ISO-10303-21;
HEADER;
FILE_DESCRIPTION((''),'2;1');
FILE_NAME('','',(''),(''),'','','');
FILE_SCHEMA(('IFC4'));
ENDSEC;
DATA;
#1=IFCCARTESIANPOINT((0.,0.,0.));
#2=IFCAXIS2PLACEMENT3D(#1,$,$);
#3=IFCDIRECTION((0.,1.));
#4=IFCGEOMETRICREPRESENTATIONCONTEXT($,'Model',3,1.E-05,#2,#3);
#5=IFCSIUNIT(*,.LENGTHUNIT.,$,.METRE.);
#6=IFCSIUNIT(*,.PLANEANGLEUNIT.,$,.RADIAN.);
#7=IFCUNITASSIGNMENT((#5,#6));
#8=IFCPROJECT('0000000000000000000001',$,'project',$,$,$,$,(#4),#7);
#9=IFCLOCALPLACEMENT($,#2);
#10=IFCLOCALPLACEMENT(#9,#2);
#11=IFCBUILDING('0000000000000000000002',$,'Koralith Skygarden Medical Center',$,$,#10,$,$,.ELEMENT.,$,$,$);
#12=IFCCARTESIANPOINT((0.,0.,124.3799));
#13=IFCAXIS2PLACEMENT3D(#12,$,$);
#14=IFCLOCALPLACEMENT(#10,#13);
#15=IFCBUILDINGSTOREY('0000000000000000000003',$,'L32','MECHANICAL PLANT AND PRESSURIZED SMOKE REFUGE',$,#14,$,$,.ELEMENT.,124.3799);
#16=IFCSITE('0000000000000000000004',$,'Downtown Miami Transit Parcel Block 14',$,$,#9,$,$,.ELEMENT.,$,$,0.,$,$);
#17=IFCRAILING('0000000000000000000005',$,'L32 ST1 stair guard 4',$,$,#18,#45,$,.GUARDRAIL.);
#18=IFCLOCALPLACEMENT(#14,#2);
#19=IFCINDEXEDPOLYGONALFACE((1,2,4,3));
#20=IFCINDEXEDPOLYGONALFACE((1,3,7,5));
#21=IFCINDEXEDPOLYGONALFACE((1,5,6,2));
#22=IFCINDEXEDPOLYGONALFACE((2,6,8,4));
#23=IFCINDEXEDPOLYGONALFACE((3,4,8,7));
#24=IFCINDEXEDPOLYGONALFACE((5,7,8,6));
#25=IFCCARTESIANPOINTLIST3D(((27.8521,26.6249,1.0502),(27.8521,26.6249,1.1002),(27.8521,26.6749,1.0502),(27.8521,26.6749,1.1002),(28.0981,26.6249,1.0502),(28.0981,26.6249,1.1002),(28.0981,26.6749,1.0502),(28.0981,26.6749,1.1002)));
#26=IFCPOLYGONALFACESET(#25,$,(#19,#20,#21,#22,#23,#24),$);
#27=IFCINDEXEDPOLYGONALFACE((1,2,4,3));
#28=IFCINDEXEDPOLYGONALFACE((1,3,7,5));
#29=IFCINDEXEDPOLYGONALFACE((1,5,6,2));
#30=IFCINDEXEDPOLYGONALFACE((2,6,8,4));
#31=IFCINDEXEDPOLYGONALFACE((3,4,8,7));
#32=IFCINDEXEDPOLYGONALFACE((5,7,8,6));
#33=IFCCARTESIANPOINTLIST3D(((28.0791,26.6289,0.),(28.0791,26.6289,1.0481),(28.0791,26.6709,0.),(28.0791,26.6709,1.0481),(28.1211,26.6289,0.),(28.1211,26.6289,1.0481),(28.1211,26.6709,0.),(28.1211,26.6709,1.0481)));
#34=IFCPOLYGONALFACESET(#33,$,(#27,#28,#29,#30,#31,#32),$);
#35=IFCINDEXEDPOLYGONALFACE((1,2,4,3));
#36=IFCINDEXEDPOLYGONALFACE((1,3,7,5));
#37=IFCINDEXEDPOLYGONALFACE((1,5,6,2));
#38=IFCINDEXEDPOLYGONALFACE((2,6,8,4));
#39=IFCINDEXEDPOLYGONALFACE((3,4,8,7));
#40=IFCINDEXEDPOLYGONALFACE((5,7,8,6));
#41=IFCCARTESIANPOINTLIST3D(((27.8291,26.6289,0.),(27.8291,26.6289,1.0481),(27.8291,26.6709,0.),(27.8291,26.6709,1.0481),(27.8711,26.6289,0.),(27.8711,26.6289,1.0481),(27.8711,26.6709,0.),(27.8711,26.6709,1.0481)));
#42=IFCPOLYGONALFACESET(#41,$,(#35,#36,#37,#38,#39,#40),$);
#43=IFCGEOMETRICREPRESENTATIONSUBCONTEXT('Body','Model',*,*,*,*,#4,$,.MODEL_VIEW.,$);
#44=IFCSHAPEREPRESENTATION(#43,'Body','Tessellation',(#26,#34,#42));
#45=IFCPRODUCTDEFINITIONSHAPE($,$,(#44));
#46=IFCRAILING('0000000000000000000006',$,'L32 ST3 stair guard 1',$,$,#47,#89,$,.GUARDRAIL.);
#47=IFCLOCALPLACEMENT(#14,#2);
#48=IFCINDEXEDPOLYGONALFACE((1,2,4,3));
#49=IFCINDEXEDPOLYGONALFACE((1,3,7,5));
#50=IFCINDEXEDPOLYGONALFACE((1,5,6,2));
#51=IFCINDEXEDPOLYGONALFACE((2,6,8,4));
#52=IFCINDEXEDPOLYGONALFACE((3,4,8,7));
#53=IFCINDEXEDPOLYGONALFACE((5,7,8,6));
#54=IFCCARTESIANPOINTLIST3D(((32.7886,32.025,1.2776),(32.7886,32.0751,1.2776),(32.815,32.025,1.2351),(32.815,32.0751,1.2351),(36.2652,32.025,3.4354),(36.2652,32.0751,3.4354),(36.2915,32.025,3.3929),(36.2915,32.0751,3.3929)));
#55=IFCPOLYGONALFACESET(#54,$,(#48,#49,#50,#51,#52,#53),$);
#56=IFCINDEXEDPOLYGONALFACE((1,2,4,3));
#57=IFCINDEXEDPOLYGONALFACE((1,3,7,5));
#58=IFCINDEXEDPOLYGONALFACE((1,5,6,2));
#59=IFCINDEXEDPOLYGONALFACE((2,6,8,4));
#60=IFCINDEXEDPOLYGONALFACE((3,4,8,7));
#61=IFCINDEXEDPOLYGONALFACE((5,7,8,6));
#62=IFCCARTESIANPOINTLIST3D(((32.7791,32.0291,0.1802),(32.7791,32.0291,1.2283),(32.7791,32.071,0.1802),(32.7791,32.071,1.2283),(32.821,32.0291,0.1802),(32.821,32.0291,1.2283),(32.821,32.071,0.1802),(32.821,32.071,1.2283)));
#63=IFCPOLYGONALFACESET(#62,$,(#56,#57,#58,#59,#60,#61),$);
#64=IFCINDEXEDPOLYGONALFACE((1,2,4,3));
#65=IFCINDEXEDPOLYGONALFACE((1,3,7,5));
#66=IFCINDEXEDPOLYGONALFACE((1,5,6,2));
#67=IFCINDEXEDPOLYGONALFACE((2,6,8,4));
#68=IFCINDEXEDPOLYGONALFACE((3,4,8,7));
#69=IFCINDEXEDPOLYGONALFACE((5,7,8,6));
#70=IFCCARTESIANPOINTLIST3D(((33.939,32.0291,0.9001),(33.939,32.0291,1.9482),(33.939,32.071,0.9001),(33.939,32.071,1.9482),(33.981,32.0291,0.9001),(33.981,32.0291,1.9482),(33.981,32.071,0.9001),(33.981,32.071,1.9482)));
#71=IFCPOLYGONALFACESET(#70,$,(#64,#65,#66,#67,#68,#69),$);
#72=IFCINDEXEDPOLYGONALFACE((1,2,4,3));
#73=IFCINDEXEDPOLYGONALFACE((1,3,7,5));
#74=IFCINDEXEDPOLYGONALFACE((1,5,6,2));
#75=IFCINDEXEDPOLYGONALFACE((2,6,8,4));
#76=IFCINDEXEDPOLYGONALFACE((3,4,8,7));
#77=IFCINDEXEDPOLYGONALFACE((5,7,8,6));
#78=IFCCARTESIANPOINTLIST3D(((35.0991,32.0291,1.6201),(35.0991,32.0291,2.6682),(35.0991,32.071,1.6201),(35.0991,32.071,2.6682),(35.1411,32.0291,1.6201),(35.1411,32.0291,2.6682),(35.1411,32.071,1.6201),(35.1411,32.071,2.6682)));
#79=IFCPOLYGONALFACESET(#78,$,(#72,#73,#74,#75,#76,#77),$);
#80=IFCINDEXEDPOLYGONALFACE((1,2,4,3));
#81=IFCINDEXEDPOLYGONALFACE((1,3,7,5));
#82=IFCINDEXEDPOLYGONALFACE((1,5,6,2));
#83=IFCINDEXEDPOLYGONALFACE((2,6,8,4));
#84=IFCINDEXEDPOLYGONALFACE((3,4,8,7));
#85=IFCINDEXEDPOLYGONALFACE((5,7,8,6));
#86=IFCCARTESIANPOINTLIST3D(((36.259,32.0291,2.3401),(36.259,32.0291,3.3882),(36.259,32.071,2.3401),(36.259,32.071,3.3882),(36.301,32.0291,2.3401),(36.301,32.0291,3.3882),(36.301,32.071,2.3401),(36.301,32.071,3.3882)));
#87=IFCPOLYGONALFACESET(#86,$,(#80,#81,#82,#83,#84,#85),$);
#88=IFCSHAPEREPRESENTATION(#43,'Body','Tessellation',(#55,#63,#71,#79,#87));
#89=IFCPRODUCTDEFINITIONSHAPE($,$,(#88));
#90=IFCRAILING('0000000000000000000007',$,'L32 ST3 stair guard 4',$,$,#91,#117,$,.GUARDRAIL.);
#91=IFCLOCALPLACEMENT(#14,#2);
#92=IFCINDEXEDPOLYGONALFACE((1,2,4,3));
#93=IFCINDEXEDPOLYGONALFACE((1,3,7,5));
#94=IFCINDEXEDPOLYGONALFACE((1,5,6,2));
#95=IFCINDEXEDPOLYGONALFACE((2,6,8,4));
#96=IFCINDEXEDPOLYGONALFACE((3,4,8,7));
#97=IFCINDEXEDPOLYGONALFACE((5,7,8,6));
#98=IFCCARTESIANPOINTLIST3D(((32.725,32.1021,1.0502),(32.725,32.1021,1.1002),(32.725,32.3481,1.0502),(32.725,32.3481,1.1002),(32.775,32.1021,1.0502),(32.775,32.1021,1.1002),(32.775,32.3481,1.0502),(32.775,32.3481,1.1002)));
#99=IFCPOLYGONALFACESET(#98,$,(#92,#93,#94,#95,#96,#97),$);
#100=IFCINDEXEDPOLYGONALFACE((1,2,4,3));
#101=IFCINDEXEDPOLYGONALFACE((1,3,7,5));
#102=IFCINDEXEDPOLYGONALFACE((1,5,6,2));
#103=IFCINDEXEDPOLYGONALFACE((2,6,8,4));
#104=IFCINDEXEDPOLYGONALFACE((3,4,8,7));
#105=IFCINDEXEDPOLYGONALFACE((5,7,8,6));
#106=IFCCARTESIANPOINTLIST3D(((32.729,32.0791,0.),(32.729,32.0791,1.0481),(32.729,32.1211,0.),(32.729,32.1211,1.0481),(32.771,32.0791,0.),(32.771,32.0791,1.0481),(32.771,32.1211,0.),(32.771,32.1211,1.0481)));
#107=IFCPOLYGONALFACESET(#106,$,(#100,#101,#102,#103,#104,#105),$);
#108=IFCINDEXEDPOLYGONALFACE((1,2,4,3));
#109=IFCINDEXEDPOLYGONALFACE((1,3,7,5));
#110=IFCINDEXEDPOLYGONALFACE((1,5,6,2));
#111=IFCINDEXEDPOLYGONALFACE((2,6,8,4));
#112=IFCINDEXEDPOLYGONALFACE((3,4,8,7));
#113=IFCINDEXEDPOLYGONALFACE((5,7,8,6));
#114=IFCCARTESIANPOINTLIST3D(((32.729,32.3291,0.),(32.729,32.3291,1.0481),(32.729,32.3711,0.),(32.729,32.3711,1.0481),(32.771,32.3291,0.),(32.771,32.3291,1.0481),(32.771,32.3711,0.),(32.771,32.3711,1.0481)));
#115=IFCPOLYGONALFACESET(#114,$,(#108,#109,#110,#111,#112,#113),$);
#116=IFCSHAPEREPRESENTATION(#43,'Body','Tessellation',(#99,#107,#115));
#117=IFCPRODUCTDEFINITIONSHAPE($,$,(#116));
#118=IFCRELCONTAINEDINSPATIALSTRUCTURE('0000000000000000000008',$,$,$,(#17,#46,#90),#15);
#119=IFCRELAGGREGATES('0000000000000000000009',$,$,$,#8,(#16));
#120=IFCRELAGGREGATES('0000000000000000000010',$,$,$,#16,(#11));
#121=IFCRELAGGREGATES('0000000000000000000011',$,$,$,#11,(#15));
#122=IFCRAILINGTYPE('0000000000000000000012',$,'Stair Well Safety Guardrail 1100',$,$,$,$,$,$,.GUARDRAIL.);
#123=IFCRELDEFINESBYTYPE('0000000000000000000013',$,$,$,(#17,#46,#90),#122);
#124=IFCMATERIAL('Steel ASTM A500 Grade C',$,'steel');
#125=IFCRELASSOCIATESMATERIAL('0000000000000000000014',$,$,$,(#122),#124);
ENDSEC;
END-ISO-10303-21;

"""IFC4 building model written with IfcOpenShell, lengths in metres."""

from ifc_helpers import new_model, si_unit, direction, frame, origin, origin_2d, place, context, subcontext, project, spatial, rectangle, extrude, material, type_object, element, save


model = new_model("IFC4")

# Units and contexts
model_context = context("Model", 3, precision=1e-05, world=origin(), true_north=direction((0.0, 1.0)))
body_context = subcontext(model_context, "Body", "Model", "MODEL_VIEW")
ifc_project = project(units=[si_unit("LENGTHUNIT", "METRE"), si_unit("PLANEANGLEUNIT", "RADIAN")], contexts=[model_context])

# Site, building, storey
site_placement = place(None, origin())
site = spatial("IfcSite", under=ifc_project, at=site_placement, Name="Downtown Miami Transit Parcel Block 14", CompositionType="ELEMENT", RefElevation=0.0)
building_placement = place(site_placement, origin())
building = spatial("IfcBuilding", under=site, at=building_placement, Name="Koralith Skygarden Medical Center", CompositionType="ELEMENT")
storey_placement = place(building_placement, frame((0.0, 0.0, 124.3799)))
storey = spatial("IfcBuildingStorey", under=building, at=storey_placement, Name="L32", Description="MECHANICAL PLANT AND PRESSURIZED SMOKE REFUGE", CompositionType="ELEMENT", Elevation=124.3799)

# Shared definitions
ifc_material_1 = material(Name="Steel ASTM A500 Grade C", Category="steel")

# Railings
railing_type_1 = type_object("IfcRailingType", Name="Stair Well Safety Guardrail 1100", PredefinedType="GUARDRAIL", material=ifc_material_1)
railing_1_placement = place(storey_placement, frame((28.1001, 26.6499, 0.0)))
element("IfcRailing", 1, at=railing_1_placement, inside=storey, type_object=railing_type_1, Name="L32 ST1 stair guard 4", PredefinedType="GUARDRAIL", context=body_context, shape_type="SweptSolid", body=[
    extrude(rectangle(XDim=0.05, YDim=0.05, at=origin_2d()), frame((-0.002, 0.0, 1.0752), z_axis=(-1.0, 0.0, 0.0), x_axis=(0.0, -1.0, 0.0)), (0.0, 0.0, 1.0), 0.2461),
    extrude(rectangle(XDim=0.042, YDim=0.042, at=origin_2d()), origin(), (0.0, 0.0, 1.0), 1.0481),
    extrude(rectangle(XDim=0.042, YDim=0.042, at=origin_2d()), frame((-0.25, 0.0, 0.0)), (0.0, 0.0, 1.0), 1.0481),
])
railing_2_placement = place(storey_placement, frame((32.8, 32.05, 0.1802)))
element("IfcRailing", 2, at=railing_2_placement, inside=storey, type_object=railing_type_1, Name="L32 ST3 stair guard 1", PredefinedType="GUARDRAIL", context=body_context, shape_type="SweptSolid", body=[
    extrude(rectangle(XDim=0.05, YDim=0.05, at=origin_2d()), frame((0.0017, 0.0, 1.0762), z_axis=(0.849648, 0.0, 0.52735), x_axis=(0.0, 1.0, 0.0)), (0.0, 0.0, 1.0), 4.0918),
    extrude(rectangle(XDim=0.042, YDim=0.042, at=origin_2d()), origin(), (0.0, 0.0, 1.0), 1.0481),
    extrude(rectangle(XDim=0.042, YDim=0.042, at=origin_2d()), frame((1.1599, 0.0, 0.72)), (0.0, 0.0, 1.0), 1.0481),
    extrude(rectangle(XDim=0.042, YDim=0.042, at=origin_2d()), frame((2.3201, 0.0, 1.4399)), (0.0, 0.0, 1.0), 1.0481),
    extrude(rectangle(XDim=0.042, YDim=0.042, at=origin_2d()), frame((3.48, 0.0, 2.1599)), (0.0, 0.0, 1.0), 1.0481),
])
railing_3_placement = place(storey_placement, frame((32.75, 32.1001, 0.0)))
element("IfcRailing", 3, at=railing_3_placement, inside=storey, type_object=railing_type_1, Name="L32 ST3 stair guard 4", PredefinedType="GUARDRAIL", context=body_context, shape_type="SweptSolid", body=[
    extrude(rectangle(XDim=0.05, YDim=0.05, at=origin_2d()), frame((0.0, 0.002, 1.0752), z_axis=(0.0, 1.0, 0.0), x_axis=(-1.0, 0.0, 0.0)), (0.0, 0.0, 1.0), 0.2461),
    extrude(rectangle(XDim=0.042, YDim=0.042, at=origin_2d()), origin(), (0.0, 0.0, 1.0), 1.0481),
    extrude(rectangle(XDim=0.042, YDim=0.042, at=origin_2d()), frame((0.0, 0.25, 0.0)), (0.0, 0.0, 1.0), 1.0481),
])

save(model, "model.ifc")
